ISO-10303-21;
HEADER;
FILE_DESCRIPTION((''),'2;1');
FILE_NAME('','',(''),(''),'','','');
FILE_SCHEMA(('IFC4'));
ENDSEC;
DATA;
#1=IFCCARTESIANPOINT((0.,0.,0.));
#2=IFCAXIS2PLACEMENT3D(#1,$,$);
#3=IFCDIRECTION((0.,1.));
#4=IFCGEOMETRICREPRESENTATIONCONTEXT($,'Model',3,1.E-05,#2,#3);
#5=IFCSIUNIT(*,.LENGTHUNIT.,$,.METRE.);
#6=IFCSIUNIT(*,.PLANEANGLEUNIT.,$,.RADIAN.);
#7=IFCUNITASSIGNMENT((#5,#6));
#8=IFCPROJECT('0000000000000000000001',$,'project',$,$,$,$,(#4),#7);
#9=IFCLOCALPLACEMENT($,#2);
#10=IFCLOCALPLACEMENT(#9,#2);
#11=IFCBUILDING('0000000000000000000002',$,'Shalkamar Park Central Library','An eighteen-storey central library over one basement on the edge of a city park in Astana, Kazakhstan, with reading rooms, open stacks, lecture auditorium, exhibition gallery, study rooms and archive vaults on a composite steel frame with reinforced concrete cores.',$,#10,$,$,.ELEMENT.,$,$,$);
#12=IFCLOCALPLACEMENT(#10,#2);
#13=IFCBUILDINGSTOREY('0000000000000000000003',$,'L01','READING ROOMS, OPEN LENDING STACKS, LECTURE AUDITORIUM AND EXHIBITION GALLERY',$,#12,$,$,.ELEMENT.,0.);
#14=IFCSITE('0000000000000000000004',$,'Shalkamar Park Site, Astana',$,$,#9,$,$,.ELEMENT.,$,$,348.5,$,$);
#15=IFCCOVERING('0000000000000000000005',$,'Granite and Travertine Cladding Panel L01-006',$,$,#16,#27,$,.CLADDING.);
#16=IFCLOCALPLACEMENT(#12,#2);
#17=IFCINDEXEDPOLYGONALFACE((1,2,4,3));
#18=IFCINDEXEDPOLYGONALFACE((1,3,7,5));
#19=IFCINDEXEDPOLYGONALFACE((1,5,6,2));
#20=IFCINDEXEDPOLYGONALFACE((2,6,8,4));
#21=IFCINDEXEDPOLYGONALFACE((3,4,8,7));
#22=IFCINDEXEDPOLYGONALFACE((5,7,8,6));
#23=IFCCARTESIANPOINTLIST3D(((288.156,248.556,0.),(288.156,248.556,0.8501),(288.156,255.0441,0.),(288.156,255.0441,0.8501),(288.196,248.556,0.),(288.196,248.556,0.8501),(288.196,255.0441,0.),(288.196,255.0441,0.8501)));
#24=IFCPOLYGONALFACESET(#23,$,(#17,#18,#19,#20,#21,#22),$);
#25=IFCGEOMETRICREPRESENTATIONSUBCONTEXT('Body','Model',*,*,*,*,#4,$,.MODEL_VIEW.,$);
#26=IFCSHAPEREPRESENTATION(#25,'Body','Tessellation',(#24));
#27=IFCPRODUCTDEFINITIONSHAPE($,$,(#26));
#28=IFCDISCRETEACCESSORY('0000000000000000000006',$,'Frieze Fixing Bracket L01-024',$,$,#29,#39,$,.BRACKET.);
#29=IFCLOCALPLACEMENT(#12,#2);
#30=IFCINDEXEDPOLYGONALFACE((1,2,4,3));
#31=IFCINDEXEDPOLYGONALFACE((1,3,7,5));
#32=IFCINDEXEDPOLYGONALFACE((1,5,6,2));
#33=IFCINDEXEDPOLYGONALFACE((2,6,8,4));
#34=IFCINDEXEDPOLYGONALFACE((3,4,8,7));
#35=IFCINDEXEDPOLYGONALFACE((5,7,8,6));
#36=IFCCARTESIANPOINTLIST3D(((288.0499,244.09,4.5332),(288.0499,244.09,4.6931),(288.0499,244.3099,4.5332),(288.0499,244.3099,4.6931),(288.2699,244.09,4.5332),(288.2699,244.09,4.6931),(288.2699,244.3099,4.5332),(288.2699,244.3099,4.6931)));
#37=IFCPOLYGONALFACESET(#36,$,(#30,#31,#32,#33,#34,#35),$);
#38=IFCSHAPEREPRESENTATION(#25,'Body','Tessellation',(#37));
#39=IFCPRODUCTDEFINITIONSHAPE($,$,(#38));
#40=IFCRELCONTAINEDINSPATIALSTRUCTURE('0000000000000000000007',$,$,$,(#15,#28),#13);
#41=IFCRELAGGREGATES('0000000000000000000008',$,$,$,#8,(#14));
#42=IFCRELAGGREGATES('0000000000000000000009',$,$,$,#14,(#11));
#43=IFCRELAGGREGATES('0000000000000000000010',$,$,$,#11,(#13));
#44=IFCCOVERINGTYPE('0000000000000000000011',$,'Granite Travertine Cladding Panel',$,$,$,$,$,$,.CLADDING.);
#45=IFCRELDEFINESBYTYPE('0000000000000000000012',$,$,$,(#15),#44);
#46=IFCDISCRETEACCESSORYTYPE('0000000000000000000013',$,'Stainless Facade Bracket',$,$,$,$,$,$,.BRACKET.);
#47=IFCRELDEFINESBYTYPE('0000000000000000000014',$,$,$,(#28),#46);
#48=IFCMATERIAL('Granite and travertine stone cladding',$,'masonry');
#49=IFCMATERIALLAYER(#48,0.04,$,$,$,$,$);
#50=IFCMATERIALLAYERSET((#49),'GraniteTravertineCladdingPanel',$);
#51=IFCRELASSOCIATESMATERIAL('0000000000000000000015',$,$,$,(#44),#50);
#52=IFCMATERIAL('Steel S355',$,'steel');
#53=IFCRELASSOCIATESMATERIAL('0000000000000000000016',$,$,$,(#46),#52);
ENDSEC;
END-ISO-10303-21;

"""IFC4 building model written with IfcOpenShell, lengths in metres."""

from ifc_helpers import new_model, si_unit, direction, frame, origin, origin_2d, place, context, subcontext, project, spatial, rectangle, extrude, material, layer, layer_set, type_object, element, save


model = new_model("IFC4")

# Units and contexts
model_context = context("Model", 3, precision=1e-05, world=origin(), true_north=direction((0.0, 1.0)))
body_context = subcontext(model_context, "Body", "Model", "MODEL_VIEW")
ifc_project = project(units=[si_unit("LENGTHUNIT", "METRE"), si_unit("PLANEANGLEUNIT", "RADIAN")], contexts=[model_context])

# Site, building, storey
site_placement = place(None, origin())
site = spatial("IfcSite", under=ifc_project, at=site_placement, Name="Shalkamar Park Site, Astana", CompositionType="ELEMENT", RefElevation=348.5)
building_placement = place(site_placement, origin())
building = spatial("IfcBuilding", under=site, at=building_placement, Name="Shalkamar Park Central Library", Description="An eighteen-storey central library over one basement on the edge of a city park in Astana, Kazakhstan, with reading rooms, open stacks, lecture auditorium, exhibition gallery, study rooms and archive vaults on a composite steel frame with reinforced concrete cores.", CompositionType="ELEMENT")
storey_placement = place(building_placement, origin())
storey = spatial("IfcBuildingStorey", under=building, at=storey_placement, Name="L01", Description="READING ROOMS, OPEN LENDING STACKS, LECTURE AUDITORIUM AND EXHIBITION GALLERY", CompositionType="ELEMENT", Elevation=0.0)

# Shared definitions
ifc_material_1 = material(Name="Steel S355", Category="steel")

# Covering
ifc_material_2 = material(Name="Granite and travertine stone cladding", Category="masonry")
ifc_layer_1 = layer(ifc_material_2, 0.04)
ifc_layer_set_1 = layer_set([ifc_layer_1], Name="GraniteTravertineCladdingPanel")
covering_type = type_object("IfcCoveringType", Name="Granite Travertine Cladding Panel", PredefinedType="CLADDING", material=ifc_layer_set_1)
covering_1_placement = place(storey_placement, frame((288.176, 251.8, 0.0), z_axis=(0.0, 0.0, 1.0), x_axis=(1.0, 0.0, 0.0)))
element("IfcCovering", 1, at=covering_1_placement, inside=storey, type_object=covering_type, Name="Granite and Travertine Cladding Panel L01-006", PredefinedType="CLADDING", context=body_context, shape_type="SweptSolid", body=[
    extrude(rectangle(XDim=0.04, YDim=6.488, at=origin_2d()), origin(), (0.0, 0.0, 1.0), 0.8501),
])

# Discrete accessory
discrete_accessory_type = type_object("IfcDiscreteAccessoryType", Name="Stainless Facade Bracket", PredefinedType="BRACKET", material=ifc_material_1)
discrete_accessory_placement = place(storey_placement, frame((288.1599, 244.2, 4.5332), z_axis=(0.0, 0.0, 1.0), x_axis=(1.0, 0.0, 0.0)))
element("IfcDiscreteAccessory", 2, at=discrete_accessory_placement, inside=storey, type_object=discrete_accessory_type, Name="Frieze Fixing Bracket L01-024", PredefinedType="BRACKET", context=body_context, shape_type="SweptSolid", body=[
    extrude(rectangle(XDim=0.22, YDim=0.22, at=origin_2d()), origin(), (0.0, 0.0, 1.0), 0.1599),
])

save(model, "model.ifc")
